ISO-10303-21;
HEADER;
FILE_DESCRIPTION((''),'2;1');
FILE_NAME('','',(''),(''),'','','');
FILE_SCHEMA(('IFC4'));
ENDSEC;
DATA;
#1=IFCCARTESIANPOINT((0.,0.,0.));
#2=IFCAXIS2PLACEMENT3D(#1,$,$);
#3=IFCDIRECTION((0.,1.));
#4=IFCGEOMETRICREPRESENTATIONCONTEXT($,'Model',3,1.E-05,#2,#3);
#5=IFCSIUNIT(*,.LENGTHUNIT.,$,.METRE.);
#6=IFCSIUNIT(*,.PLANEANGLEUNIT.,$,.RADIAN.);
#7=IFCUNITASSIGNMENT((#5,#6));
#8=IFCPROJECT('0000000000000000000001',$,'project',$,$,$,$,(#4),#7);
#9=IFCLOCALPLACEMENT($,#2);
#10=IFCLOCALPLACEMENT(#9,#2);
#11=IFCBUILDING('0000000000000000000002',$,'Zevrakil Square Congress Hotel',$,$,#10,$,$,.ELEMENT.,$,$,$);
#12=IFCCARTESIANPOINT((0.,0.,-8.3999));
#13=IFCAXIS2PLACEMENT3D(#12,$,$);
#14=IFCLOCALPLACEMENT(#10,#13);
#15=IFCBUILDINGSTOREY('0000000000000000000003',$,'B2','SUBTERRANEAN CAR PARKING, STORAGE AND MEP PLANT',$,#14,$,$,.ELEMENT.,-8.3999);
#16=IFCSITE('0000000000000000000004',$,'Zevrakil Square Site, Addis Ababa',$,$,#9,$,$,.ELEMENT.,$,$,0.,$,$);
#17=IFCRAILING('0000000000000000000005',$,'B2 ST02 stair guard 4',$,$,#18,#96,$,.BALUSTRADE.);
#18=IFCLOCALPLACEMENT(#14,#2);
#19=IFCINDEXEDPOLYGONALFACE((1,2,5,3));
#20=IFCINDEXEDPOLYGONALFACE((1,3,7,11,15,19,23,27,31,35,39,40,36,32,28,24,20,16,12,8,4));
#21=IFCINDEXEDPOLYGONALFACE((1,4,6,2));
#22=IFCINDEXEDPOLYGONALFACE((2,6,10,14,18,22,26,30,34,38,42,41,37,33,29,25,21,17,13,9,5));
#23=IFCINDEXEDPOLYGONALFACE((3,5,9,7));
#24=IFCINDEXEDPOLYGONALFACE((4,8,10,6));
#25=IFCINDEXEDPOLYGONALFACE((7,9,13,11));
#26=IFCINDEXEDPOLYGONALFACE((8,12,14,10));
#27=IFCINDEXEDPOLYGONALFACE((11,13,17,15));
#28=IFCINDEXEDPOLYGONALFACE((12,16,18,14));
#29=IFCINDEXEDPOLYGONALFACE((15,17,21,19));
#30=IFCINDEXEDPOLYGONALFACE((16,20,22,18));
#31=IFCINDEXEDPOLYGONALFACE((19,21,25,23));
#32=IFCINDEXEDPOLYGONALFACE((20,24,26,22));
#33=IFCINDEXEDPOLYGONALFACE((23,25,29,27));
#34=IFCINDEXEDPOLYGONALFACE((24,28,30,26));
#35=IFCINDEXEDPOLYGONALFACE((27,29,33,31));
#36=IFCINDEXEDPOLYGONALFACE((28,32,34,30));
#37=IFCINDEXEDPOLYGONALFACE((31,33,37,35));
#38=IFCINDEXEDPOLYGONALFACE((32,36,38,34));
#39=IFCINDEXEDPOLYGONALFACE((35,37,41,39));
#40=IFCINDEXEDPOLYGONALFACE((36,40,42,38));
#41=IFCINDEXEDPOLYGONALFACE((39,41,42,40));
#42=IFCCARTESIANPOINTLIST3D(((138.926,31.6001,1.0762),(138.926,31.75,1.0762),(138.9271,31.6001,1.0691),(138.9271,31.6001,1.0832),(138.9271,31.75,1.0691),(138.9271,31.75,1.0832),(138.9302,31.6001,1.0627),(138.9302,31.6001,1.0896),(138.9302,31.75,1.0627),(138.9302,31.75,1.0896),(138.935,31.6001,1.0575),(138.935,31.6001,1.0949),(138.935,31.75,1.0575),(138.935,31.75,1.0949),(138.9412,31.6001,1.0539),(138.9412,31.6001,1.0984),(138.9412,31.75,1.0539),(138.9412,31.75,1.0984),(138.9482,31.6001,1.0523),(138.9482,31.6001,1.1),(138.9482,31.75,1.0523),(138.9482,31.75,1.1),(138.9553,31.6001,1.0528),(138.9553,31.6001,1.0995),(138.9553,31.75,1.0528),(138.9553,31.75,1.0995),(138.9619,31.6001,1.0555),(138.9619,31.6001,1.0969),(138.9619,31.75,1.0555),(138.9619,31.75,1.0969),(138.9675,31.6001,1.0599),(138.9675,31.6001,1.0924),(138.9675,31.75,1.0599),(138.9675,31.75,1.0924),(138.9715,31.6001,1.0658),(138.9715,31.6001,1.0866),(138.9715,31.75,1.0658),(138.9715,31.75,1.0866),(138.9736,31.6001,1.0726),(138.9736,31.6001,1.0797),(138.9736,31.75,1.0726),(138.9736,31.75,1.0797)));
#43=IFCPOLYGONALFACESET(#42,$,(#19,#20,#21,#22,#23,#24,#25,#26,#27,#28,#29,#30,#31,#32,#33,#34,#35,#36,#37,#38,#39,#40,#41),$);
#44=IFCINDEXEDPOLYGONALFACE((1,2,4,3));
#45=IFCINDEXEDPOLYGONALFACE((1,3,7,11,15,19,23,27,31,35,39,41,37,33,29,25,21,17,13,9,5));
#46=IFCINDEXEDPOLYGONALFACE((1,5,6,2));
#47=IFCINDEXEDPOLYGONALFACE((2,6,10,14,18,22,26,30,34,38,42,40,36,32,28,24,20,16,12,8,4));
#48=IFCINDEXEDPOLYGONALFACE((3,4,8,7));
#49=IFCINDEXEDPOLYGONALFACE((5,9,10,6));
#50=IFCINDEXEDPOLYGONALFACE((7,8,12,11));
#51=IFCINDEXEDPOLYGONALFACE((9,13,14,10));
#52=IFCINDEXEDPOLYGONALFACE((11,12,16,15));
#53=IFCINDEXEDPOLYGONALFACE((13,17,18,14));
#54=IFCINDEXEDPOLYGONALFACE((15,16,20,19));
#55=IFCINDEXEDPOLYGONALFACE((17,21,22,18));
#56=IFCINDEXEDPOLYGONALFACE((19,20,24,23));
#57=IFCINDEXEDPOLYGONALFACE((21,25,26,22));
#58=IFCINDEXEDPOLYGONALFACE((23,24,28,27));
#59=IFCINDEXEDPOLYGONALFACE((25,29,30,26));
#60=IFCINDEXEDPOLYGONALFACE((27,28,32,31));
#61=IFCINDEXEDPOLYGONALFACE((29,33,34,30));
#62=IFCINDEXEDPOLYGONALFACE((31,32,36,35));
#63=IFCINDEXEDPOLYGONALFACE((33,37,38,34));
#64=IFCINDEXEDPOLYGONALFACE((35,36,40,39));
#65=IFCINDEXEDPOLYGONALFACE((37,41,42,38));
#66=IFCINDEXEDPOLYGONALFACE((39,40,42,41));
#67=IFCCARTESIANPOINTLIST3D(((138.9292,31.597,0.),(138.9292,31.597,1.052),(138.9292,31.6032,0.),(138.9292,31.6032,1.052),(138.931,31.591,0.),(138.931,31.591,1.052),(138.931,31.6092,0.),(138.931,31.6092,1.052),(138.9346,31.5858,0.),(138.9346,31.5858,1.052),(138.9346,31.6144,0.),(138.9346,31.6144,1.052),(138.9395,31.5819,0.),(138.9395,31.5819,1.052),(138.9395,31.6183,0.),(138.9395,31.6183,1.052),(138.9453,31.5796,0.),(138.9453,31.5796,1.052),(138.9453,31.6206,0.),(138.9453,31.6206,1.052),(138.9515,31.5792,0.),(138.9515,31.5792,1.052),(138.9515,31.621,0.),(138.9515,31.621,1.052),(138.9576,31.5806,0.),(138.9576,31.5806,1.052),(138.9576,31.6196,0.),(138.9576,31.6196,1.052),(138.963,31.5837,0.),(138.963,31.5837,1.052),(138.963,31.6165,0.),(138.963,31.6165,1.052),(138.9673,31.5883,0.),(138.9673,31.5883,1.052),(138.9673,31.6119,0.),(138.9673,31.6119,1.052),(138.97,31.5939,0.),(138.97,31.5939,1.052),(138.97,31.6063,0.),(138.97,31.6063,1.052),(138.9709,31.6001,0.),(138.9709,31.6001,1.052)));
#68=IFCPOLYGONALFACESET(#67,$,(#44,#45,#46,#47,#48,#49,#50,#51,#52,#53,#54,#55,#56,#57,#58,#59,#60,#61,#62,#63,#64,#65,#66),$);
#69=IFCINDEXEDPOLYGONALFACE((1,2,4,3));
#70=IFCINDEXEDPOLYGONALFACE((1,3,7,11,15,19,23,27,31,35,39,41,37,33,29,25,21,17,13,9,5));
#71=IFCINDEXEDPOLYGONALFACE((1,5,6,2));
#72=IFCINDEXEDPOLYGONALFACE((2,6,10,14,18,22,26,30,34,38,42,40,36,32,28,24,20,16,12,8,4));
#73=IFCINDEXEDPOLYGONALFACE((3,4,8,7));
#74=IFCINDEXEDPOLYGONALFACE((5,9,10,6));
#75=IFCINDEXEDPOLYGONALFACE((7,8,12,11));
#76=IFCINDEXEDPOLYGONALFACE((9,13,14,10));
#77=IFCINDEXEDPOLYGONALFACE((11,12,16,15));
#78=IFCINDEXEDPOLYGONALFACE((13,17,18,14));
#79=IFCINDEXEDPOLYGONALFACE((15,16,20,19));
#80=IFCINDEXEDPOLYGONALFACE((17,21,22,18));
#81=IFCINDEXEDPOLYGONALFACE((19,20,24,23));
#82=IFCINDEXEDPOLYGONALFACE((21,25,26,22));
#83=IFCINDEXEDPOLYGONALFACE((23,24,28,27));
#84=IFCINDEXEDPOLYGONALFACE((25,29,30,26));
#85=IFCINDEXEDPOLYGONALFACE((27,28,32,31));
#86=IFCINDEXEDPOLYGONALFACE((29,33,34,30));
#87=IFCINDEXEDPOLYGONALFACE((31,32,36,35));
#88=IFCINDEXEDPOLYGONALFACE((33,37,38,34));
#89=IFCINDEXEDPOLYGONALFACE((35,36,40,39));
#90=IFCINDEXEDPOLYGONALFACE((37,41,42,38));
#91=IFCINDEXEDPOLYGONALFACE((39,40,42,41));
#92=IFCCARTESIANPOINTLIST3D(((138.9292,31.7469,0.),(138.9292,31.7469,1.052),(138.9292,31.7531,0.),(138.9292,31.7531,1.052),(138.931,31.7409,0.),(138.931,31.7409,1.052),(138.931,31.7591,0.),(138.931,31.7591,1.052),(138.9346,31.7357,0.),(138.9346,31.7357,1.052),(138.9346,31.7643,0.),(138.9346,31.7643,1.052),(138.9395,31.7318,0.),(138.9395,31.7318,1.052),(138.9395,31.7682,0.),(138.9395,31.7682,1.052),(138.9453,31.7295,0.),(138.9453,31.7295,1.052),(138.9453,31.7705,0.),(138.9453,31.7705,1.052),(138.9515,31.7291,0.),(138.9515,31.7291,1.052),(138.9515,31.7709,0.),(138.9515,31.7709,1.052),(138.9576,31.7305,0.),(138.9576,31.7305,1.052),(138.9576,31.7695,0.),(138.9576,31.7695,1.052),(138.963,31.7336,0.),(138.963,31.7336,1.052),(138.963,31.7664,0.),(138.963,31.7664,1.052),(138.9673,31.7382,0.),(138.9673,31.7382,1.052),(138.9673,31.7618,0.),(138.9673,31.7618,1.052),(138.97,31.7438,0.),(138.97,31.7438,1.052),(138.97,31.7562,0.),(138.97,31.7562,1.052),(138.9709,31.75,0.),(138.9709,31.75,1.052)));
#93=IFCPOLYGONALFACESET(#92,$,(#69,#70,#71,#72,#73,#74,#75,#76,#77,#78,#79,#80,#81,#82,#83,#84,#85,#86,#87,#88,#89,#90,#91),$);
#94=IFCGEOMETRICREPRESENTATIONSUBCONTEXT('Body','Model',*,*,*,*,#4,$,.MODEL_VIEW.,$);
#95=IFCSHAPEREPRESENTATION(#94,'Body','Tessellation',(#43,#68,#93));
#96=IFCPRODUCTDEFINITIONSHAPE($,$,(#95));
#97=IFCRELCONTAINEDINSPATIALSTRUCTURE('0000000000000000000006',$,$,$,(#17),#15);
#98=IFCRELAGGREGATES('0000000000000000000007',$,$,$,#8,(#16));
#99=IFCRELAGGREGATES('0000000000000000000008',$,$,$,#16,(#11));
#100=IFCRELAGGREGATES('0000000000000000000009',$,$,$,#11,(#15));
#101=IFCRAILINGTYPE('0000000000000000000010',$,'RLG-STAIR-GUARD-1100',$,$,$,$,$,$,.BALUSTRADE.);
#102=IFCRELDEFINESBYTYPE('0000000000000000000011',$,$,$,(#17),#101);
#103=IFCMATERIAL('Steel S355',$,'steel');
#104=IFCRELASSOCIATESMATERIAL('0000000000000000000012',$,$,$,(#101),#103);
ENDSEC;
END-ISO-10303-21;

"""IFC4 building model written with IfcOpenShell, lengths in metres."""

from ifc_helpers import new_model, si_unit, direction, frame, origin, origin_2d, place, context, subcontext, project, spatial, circle, extrude, material, type_object, element, save


model = new_model("IFC4")

# Units and contexts
model_context = context("Model", 3, precision=1e-05, world=origin(), true_north=direction((0.0, 1.0)))
body_context = subcontext(model_context, "Body", "Model", "MODEL_VIEW")
ifc_project = project(units=[si_unit("LENGTHUNIT", "METRE"), si_unit("PLANEANGLEUNIT", "RADIAN")], contexts=[model_context])

# Site, building, storey
site_placement = place(None, origin())
site = spatial("IfcSite", under=ifc_project, at=site_placement, Name="Zevrakil Square Site, Addis Ababa", CompositionType="ELEMENT", RefElevation=0.0)
building_placement = place(site_placement, origin())
building = spatial("IfcBuilding", under=site, at=building_placement, Name="Zevrakil Square Congress Hotel", CompositionType="ELEMENT")
storey_placement = place(building_placement, frame((0.0, 0.0, -8.3999)))
storey = spatial("IfcBuildingStorey", under=building, at=storey_placement, Name="B2", Description="SUBTERRANEAN CAR PARKING, STORAGE AND MEP PLANT", CompositionType="ELEMENT", Elevation=-8.3999)

# Railing
ifc_material_1 = material(Name="Steel S355", Category="steel")
railing_type_1 = type_object("IfcRailingType", Name="RLG-STAIR-GUARD-1100", PredefinedType="BALUSTRADE", material=ifc_material_1)
railing_1_placement = place(storey_placement, frame((138.95, 31.6001, 0.0)))
element("IfcRailing", 1, at=railing_1_placement, inside=storey, type_object=railing_type_1, Name="B2 ST02 stair guard 4", PredefinedType="BALUSTRADE", context=body_context, shape_type="SweptSolid", body=[
    extrude(circle(Radius=0.0239, at=origin_2d()), frame((0.0, 0.0, 1.0762), z_axis=(0.0, 1.0, 0.0), x_axis=(-1.0, 0.0, 0.0)), (0.0, 0.0, 1.0), 0.1499),
    extrude(circle(Radius=0.021, at=origin_2d()), origin(), (0.0, 0.0, 1.0), 1.052),
    extrude(circle(Radius=0.021, at=origin_2d()), frame((0.0, 0.1499, 0.0)), (0.0, 0.0, 1.0), 1.052),
])

save(model, "model.ifc")
